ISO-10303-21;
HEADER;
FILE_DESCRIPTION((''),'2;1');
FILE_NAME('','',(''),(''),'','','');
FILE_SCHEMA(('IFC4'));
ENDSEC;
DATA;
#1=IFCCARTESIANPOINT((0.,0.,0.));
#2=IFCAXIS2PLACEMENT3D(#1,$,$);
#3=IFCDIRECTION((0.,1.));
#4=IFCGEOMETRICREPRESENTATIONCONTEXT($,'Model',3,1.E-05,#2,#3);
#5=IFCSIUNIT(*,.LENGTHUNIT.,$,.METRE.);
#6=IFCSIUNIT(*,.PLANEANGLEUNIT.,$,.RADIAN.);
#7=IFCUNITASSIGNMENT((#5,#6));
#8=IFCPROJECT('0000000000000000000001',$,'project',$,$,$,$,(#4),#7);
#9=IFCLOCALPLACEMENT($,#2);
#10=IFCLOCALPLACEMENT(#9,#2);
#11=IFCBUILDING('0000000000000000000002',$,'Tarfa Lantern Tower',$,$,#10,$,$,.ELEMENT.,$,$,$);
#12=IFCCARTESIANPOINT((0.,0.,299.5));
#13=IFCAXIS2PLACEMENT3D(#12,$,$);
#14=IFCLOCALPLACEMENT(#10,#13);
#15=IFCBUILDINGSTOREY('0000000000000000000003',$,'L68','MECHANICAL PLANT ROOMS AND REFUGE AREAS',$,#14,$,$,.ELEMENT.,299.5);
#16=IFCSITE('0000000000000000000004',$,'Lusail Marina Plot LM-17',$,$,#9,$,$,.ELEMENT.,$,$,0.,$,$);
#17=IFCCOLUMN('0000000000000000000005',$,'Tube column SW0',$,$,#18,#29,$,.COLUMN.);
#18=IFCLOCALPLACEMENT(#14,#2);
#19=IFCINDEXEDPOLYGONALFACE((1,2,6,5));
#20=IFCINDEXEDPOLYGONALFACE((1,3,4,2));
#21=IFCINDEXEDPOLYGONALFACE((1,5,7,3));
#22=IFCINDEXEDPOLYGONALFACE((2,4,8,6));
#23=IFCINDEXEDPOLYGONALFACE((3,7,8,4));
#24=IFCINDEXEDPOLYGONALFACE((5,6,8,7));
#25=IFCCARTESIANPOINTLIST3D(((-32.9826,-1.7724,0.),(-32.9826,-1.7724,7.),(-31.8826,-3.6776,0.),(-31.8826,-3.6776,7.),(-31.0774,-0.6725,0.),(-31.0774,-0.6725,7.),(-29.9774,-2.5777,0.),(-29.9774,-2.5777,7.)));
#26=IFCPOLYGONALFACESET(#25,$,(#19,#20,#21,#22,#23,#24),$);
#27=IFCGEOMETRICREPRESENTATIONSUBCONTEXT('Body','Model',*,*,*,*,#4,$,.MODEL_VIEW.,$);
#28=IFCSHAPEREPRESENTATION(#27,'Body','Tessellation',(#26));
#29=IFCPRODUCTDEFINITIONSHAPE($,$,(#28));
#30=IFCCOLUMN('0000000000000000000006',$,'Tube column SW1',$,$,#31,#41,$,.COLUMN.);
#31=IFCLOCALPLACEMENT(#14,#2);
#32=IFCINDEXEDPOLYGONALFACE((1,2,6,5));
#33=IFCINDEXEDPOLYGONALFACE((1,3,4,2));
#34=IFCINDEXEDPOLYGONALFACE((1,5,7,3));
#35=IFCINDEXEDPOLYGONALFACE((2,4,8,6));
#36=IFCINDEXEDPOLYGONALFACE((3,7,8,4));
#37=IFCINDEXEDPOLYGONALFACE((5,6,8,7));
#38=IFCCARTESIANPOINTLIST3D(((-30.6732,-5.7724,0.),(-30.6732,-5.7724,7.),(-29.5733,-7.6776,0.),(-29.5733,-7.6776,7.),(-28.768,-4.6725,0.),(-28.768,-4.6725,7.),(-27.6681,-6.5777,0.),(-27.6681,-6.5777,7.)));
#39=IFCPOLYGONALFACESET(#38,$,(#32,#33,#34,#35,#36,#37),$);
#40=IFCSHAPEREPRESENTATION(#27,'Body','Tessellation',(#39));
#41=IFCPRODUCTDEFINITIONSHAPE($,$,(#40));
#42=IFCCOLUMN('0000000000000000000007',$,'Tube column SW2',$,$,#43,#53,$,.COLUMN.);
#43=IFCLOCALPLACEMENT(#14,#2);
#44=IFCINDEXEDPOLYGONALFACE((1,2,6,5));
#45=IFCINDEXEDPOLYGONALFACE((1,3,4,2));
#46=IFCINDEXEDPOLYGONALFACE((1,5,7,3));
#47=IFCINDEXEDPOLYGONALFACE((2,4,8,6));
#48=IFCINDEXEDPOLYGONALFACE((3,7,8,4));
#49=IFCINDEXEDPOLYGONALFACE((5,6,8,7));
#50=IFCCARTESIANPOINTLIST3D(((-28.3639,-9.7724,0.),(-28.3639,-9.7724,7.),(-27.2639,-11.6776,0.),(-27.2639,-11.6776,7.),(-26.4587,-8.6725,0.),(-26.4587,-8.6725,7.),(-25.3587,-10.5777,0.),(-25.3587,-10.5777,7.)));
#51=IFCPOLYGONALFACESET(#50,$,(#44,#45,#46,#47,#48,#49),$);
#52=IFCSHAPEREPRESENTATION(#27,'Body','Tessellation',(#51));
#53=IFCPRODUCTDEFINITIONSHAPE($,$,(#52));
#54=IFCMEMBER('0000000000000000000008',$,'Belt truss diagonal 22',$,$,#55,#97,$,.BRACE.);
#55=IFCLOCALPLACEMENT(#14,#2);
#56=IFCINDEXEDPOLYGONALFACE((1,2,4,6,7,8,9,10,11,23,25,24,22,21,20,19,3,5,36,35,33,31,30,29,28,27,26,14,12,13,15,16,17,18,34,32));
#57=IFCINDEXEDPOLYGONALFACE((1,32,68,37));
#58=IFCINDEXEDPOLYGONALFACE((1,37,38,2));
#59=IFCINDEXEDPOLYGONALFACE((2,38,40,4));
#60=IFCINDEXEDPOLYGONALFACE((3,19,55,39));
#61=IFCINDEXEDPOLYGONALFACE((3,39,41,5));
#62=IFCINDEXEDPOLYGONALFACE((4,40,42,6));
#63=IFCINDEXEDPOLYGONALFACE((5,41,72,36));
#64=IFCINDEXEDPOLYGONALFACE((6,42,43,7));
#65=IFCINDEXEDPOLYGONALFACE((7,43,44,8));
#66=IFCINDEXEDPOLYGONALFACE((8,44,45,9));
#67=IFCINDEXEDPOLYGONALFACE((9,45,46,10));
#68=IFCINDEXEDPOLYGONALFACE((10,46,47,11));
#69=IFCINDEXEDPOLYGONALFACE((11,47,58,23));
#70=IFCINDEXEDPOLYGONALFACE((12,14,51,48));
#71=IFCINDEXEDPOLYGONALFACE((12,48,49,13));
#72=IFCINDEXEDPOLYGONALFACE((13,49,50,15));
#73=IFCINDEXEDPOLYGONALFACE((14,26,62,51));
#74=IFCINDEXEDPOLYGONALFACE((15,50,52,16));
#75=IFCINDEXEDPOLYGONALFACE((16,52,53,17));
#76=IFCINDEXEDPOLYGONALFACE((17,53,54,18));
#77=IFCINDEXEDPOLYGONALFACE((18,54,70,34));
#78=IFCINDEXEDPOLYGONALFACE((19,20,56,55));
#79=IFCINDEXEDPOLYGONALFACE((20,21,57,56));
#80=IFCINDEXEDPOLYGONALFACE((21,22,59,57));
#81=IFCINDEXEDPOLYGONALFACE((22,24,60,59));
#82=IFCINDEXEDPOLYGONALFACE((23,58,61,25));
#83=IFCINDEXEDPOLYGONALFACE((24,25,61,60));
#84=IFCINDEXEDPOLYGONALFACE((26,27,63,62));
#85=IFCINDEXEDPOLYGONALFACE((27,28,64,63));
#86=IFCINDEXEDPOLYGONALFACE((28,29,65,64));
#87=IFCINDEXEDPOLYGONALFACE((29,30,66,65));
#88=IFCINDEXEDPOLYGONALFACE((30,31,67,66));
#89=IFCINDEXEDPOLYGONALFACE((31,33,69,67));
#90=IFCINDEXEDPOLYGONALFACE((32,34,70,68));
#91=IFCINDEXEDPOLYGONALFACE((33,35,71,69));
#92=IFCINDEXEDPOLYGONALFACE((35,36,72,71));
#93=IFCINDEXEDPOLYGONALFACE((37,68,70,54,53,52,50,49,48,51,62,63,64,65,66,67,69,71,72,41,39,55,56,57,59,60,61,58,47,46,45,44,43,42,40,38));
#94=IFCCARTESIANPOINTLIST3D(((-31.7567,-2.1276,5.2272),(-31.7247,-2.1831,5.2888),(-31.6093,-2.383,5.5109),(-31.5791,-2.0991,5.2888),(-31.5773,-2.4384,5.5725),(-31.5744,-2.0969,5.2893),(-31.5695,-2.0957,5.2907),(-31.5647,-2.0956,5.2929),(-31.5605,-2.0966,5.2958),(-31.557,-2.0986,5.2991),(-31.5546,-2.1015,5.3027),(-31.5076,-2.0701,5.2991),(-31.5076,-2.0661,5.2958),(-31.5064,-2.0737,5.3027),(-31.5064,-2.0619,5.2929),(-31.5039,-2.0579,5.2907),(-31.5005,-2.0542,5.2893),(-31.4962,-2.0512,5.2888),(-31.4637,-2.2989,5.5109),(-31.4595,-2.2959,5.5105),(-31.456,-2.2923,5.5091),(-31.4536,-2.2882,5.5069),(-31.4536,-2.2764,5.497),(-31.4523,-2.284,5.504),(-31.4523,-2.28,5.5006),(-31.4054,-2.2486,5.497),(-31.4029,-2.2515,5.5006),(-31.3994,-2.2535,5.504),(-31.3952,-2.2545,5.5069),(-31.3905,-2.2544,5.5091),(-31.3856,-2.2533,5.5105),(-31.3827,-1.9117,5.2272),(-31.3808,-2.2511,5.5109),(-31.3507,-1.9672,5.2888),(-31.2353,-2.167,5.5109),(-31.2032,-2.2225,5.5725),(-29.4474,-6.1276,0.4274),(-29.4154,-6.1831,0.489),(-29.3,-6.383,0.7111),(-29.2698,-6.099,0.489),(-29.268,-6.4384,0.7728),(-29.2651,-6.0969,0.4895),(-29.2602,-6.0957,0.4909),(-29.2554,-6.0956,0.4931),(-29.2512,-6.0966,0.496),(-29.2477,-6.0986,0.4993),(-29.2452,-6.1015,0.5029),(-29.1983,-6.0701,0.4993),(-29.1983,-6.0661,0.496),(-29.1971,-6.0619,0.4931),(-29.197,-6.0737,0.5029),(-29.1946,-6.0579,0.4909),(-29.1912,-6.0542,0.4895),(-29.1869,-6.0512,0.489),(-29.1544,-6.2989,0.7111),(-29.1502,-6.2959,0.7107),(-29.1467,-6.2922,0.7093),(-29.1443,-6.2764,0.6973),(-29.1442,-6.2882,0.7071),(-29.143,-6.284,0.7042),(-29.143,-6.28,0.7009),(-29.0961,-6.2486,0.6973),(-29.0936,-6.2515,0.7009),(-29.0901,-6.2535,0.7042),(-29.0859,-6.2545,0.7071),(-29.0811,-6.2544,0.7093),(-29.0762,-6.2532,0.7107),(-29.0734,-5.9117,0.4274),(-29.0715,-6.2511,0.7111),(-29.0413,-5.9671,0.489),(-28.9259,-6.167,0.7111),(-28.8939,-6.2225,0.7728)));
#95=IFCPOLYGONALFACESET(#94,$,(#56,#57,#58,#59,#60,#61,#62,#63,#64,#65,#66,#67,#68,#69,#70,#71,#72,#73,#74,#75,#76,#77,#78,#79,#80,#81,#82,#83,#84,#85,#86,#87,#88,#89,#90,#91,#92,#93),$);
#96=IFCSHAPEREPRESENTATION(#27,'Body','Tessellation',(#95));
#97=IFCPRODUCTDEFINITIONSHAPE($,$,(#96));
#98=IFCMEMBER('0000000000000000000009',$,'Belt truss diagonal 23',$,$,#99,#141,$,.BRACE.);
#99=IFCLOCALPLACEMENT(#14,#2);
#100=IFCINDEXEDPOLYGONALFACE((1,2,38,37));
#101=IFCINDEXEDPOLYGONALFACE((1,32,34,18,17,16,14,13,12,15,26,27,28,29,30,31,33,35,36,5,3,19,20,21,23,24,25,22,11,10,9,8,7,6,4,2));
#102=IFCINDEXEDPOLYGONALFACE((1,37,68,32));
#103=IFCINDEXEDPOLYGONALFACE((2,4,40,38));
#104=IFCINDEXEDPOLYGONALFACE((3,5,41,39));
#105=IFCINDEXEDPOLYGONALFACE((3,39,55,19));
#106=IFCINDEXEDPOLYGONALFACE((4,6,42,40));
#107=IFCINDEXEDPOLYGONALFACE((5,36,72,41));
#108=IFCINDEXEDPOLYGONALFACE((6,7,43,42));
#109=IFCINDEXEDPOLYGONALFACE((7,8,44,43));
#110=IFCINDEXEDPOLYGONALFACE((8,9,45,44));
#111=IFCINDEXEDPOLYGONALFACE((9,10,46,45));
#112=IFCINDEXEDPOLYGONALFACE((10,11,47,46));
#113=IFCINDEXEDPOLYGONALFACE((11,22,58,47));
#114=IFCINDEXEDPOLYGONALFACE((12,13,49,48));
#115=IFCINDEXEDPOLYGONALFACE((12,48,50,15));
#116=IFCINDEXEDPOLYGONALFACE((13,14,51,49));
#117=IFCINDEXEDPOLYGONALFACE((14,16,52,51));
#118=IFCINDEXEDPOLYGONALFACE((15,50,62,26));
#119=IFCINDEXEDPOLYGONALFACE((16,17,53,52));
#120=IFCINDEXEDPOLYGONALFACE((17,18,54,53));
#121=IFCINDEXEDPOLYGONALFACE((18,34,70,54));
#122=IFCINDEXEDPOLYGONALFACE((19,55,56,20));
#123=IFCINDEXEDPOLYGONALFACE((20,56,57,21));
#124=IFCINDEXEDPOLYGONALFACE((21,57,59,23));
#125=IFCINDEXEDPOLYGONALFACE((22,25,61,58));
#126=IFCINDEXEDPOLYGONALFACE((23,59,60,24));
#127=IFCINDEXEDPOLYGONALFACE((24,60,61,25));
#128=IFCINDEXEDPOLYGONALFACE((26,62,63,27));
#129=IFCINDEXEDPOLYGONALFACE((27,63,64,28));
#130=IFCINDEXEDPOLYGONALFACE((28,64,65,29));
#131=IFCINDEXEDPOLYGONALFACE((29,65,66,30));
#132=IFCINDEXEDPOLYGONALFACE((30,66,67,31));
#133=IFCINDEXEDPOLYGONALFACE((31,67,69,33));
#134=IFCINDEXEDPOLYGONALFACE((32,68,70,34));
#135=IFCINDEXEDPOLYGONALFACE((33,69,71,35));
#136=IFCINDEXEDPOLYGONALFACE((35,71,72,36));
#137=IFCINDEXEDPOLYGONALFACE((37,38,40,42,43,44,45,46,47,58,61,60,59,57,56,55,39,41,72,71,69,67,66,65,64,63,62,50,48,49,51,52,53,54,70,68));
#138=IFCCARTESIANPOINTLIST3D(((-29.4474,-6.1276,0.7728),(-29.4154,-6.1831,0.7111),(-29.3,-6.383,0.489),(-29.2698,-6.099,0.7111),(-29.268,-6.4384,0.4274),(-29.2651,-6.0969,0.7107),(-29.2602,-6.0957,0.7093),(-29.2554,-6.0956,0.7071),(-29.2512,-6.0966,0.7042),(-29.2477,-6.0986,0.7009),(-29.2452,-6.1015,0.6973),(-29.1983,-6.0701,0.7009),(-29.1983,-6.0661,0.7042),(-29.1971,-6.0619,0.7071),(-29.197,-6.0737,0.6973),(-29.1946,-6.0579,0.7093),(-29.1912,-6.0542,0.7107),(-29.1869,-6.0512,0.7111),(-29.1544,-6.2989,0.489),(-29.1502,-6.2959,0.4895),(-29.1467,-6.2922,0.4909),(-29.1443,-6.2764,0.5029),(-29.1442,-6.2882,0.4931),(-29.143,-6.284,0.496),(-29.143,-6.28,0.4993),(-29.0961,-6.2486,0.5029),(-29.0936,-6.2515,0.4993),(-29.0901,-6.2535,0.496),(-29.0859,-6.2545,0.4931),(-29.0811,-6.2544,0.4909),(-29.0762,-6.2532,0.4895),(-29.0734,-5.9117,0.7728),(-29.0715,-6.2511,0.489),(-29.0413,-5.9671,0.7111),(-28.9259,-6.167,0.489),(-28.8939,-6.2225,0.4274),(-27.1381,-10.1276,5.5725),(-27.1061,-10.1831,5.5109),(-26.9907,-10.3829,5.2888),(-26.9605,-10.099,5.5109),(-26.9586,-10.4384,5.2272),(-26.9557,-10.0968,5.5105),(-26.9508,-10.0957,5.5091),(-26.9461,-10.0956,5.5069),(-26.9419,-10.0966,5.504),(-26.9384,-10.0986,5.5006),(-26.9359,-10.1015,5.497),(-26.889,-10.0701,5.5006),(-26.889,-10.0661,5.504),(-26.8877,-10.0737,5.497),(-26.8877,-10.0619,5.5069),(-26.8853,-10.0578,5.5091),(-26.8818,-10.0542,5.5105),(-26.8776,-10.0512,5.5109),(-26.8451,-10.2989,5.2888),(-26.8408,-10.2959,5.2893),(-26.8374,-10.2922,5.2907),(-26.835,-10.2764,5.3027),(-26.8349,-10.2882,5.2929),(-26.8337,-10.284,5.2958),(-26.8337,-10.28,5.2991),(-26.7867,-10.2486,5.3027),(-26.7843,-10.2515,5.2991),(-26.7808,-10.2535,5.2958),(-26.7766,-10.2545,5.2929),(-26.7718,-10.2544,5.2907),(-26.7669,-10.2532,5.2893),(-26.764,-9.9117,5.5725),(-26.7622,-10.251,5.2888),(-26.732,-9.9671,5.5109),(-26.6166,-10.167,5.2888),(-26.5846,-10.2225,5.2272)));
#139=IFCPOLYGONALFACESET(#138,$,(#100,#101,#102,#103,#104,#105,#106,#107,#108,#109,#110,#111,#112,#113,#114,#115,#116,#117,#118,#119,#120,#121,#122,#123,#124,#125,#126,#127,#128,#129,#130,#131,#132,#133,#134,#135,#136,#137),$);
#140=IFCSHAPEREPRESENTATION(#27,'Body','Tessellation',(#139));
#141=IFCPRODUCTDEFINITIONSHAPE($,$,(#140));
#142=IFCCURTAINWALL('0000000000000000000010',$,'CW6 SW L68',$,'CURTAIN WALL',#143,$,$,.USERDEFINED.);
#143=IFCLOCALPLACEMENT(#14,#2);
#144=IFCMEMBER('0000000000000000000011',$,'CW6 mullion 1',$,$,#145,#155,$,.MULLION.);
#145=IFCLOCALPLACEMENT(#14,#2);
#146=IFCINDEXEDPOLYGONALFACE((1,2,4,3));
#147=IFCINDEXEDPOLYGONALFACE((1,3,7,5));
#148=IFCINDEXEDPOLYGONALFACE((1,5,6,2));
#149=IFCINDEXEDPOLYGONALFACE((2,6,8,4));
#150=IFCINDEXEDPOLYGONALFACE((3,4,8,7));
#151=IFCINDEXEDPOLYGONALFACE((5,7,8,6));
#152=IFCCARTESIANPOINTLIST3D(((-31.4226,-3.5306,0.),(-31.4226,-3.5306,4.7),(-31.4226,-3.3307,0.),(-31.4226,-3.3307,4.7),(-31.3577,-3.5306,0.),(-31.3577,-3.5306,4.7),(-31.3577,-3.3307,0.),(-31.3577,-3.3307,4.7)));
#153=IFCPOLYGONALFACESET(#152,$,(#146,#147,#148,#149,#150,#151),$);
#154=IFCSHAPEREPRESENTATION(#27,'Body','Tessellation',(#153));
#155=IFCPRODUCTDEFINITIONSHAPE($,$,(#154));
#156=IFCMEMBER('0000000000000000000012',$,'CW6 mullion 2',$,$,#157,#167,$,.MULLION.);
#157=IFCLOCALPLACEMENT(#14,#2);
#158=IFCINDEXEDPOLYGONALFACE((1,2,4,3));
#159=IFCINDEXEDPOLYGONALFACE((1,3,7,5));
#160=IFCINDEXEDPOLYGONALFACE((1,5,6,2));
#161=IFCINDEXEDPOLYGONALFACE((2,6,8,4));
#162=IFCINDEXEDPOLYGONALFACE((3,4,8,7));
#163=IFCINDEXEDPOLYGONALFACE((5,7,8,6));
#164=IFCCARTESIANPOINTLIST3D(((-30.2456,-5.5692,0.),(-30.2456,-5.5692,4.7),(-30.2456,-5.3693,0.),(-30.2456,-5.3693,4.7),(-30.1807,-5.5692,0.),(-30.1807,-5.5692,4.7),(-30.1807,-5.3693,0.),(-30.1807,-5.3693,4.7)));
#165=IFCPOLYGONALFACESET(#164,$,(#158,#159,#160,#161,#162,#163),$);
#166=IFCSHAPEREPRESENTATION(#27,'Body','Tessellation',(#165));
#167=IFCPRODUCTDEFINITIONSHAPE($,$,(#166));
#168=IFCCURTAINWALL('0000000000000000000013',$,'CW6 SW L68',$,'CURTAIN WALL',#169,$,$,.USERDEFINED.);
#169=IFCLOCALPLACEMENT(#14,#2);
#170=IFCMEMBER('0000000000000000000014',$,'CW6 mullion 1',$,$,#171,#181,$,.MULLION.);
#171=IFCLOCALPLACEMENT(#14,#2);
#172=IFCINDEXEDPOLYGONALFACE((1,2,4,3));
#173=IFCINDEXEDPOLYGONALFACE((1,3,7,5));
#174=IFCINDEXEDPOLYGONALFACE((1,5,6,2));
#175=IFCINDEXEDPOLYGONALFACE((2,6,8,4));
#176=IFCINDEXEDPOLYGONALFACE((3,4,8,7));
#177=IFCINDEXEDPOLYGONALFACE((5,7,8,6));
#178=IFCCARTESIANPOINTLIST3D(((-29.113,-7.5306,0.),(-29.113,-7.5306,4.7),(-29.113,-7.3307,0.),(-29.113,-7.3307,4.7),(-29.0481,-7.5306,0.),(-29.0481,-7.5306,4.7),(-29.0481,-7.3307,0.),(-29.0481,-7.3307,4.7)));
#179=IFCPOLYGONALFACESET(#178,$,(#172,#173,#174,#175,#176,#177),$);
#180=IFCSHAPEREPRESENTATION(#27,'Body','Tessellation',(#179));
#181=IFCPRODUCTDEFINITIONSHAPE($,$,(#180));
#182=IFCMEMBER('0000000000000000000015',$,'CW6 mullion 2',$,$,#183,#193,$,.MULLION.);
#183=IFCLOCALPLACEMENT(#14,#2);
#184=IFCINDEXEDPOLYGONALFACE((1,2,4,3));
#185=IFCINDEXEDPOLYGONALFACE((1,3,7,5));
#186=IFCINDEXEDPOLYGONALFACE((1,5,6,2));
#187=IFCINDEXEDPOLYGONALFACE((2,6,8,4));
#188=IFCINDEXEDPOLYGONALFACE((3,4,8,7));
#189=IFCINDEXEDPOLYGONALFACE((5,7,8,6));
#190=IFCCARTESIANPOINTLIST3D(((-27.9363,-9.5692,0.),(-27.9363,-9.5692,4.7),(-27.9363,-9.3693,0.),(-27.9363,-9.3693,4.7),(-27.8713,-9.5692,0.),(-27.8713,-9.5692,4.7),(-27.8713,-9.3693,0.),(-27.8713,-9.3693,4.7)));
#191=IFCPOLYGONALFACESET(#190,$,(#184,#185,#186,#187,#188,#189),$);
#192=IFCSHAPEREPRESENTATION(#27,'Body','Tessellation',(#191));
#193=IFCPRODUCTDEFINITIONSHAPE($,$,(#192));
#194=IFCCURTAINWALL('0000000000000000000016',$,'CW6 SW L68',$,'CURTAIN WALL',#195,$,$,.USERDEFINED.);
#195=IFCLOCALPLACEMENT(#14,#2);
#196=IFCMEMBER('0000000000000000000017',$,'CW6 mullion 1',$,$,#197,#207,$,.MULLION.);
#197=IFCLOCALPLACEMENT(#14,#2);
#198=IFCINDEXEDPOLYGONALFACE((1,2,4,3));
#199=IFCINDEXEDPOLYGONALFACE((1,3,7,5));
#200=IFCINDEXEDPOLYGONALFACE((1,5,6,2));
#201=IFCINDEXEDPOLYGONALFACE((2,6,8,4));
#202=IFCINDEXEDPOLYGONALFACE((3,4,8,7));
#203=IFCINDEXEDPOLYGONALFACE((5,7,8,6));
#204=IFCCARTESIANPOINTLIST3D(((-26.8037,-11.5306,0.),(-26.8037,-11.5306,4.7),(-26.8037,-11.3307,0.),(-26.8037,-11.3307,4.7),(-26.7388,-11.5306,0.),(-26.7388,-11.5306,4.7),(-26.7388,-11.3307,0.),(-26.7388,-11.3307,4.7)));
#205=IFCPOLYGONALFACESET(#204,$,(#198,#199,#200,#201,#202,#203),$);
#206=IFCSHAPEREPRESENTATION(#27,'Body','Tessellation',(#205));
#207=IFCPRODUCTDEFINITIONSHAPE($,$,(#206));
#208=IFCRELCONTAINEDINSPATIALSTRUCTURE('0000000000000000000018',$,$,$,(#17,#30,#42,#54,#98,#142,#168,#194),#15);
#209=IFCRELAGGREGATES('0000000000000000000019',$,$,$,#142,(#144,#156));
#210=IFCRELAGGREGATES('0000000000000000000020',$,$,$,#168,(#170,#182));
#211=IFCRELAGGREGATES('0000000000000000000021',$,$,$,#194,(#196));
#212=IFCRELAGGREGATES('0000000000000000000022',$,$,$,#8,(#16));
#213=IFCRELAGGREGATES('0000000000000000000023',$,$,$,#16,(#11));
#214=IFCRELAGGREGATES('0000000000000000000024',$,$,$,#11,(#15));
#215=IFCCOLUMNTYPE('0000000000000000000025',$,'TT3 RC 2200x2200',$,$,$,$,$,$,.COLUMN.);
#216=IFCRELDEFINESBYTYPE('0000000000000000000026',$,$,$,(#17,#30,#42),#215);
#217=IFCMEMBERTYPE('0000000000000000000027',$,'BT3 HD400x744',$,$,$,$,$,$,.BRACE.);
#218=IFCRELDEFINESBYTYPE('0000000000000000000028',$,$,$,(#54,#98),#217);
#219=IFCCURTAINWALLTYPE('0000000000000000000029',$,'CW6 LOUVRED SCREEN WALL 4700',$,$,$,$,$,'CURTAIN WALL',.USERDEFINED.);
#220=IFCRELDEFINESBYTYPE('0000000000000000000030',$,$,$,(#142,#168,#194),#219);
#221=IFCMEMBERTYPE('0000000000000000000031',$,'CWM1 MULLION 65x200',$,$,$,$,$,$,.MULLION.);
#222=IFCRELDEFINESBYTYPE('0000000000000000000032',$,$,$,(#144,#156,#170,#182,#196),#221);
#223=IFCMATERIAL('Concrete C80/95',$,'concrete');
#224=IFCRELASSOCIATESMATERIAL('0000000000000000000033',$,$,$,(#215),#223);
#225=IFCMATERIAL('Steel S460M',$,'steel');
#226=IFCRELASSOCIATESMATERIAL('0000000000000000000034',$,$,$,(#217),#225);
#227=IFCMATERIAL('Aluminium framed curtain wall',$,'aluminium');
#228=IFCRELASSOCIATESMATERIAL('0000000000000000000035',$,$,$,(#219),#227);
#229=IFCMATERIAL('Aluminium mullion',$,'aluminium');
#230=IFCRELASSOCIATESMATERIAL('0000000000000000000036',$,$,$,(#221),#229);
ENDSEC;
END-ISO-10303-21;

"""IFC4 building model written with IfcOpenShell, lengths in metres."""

from ifc_helpers import new_model, si_unit, direction, frame, origin, origin_2d, place, context, subcontext, project, spatial, rectangle, i_section, extrude, material, material_profile, profile_set, type_object, element, aggregate, save


model = new_model("IFC4")

# Units and contexts
model_context = context("Model", 3, precision=1e-05, world=origin(), true_north=direction((0.0, 1.0)))
body_context = subcontext(model_context, "Body", "Model", "MODEL_VIEW")
ifc_project = project(units=[si_unit("LENGTHUNIT", "METRE"), si_unit("PLANEANGLEUNIT", "RADIAN")], contexts=[model_context])

# Site, building, storey
site_placement = place(None, origin())
site = spatial("IfcSite", under=ifc_project, at=site_placement, Name="Lusail Marina Plot LM-17", CompositionType="ELEMENT", RefElevation=0.0)
building_placement = place(site_placement, origin())
building = spatial("IfcBuilding", under=site, at=building_placement, Name="Tarfa Lantern Tower", CompositionType="ELEMENT")
storey_placement = place(building_placement, frame((0.0, 0.0, 299.5)))
storey = spatial("IfcBuildingStorey", under=building, at=storey_placement, Name="L68", Description="MECHANICAL PLANT ROOMS AND REFUGE AREAS", CompositionType="ELEMENT", Elevation=299.5)

# Columns
ifc_material_1 = material(Name="Concrete C80/95", Category="concrete")
ifc_material_profile_1 = material_profile(ifc_material_1, rectangle(XDim=2.2, YDim=2.2, at=origin_2d()), Name="RC 2200x2200")
ifc_profile_set_1 = profile_set([ifc_material_profile_1], Name="Concrete C80/95")
column_type = type_object("IfcColumnType", Name="TT3 RC 2200x2200", PredefinedType="COLUMN", material=ifc_profile_set_1)
for number, where, z_axis, x_axis, name in (
    (1, (-31.48, -2.175, 0.0), (0.0, 0.0, 1.0), (0.5, -0.866025, 0.0), "Tube column SW0"),
    (2, (-29.1707, -6.175, 0.0), (0.0, 0.0, 1.0), (0.5, -0.866025, 0.0), "Tube column SW1"),
    (3, (-26.8613, -10.175, 0.0), (0.0, 0.0, 1.0), (0.5, -0.866025, 0.0), "Tube column SW2"),
):
    element("IfcColumn", number, at=place(storey_placement, frame(where, z_axis=z_axis, x_axis=x_axis)), inside=storey, type_object=column_type, Name=name, PredefinedType="COLUMN", context=body_context, shape_type="SweptSolid", body=[
        extrude(rectangle(XDim=2.2, YDim=2.2, at=origin_2d()), origin(), (0.0, 0.0, 1.0), 7.0),
    ])

# Members
ifc_material_2 = material(Name="Steel S460M", Category="steel")
ifc_material_profile_2 = material_profile(ifc_material_2, i_section(OverallWidth=0.4319, OverallDepth=0.498, WebThickness=0.0557, FlangeThickness=0.0889, FilletRadius=0.02, at=origin_2d()), Name="HD400x744")
ifc_profile_set_2 = profile_set([ifc_material_profile_2], Name="Steel S460M")
member_type_1 = type_object("IfcMemberType", Name="BT3 HD400x744", PredefinedType="BRACE", material=ifc_profile_set_2)
for number, where, z_axis, x_axis, name in (
    (4, (-29.1707, -6.175, 0.6001), (-0.346685, 0.600496, 0.720565), (-0.866032, -0.499988, 0.0), "Belt truss diagonal 22"),
    (5, (-29.1707, -6.175, 0.6001), (0.346685, -0.600496, 0.720565), (0.866032, 0.499988, 0.0), "Belt truss diagonal 23"),
):
    element("IfcMember", number, at=place(storey_placement, frame(where, z_axis=z_axis, x_axis=x_axis)), inside=storey, type_object=member_type_1, Name=name, PredefinedType="BRACE", context=body_context, shape_type="SweptSolid", body=[
        extrude(i_section(OverallWidth=0.4319, OverallDepth=0.498, WebThickness=0.0557, FlangeThickness=0.0889, FilletRadius=0.02, at=origin_2d()), origin(), (0.0, 0.0, 1.0), 6.6611),
    ])

# Curtain walls, members
ifc_material_3 = material(Name="Aluminium framed curtain wall", Category="aluminium")
curtain_wall_type = type_object("IfcCurtainWallType", Name="CW6 LOUVRED SCREEN WALL 4700", ElementType="CURTAIN WALL", PredefinedType="USERDEFINED", material=ifc_material_3)
curtain_wall_1_placement = place(storey_placement, origin())
curtain_wall_1 = element("IfcCurtainWall", 6, at=curtain_wall_1_placement, inside=storey, type_object=curtain_wall_type, Name="CW6 SW L68", ObjectType="CURTAIN WALL", PredefinedType="USERDEFINED")
ifc_material_4 = material(Name="Aluminium mullion", Category="aluminium")
ifc_material_profile_3 = material_profile(ifc_material_4, rectangle(XDim=0.0649, YDim=0.2, at=origin_2d()), Name="AL MULLION 65x200")
ifc_profile_set_3 = profile_set([ifc_material_profile_3], Name="Aluminium mullion")
member_type_2 = type_object("IfcMemberType", Name="CWM1 MULLION 65x200", PredefinedType="MULLION", material=ifc_profile_set_3)
member_1_placement = place(storey_placement, frame((-31.3901, -3.4307, 0.0), z_axis=(0.0, 0.0, 1.0), x_axis=(1.0, 0.0, 0.0)))
member_1 = element("IfcMember", 7, at=member_1_placement, type_object=member_type_2, Name="CW6 mullion 1", PredefinedType="MULLION", context=body_context, shape_type="SweptSolid", body=[
    extrude(rectangle(XDim=0.0649, YDim=0.2, at=origin_2d()), origin(), (0.0, 0.0, 1.0), 4.7),
])
member_2_placement = place(storey_placement, frame((-30.2131, -5.4692, 0.0), z_axis=(0.0, 0.0, 1.0), x_axis=(1.0, 0.0, 0.0)))
member_2 = element("IfcMember", 8, at=member_2_placement, type_object=member_type_2, Name="CW6 mullion 2", PredefinedType="MULLION", context=body_context, shape_type="SweptSolid", body=[
    extrude(rectangle(XDim=0.0649, YDim=0.2, at=origin_2d()), origin(), (0.0, 0.0, 1.0), 4.7),
])
curtain_wall_2_placement = place(storey_placement, origin())
curtain_wall_2 = element("IfcCurtainWall", 9, at=curtain_wall_2_placement, inside=storey, type_object=curtain_wall_type, Name="CW6 SW L68", ObjectType="CURTAIN WALL", PredefinedType="USERDEFINED")
member_3_placement = place(storey_placement, frame((-29.0806, -7.4307, 0.0), z_axis=(0.0, 0.0, 1.0), x_axis=(1.0, 0.0, 0.0)))
member_3 = element("IfcMember", 10, at=member_3_placement, type_object=member_type_2, Name="CW6 mullion 1", PredefinedType="MULLION", context=body_context, shape_type="SweptSolid", body=[
    extrude(rectangle(XDim=0.0649, YDim=0.2, at=origin_2d()), origin(), (0.0, 0.0, 1.0), 4.7),
])
member_4_placement = place(storey_placement, frame((-27.9038, -9.4692, 0.0), z_axis=(0.0, 0.0, 1.0), x_axis=(1.0, 0.0, 0.0)))
member_4 = element("IfcMember", 11, at=member_4_placement, type_object=member_type_2, Name="CW6 mullion 2", PredefinedType="MULLION", context=body_context, shape_type="SweptSolid", body=[
    extrude(rectangle(XDim=0.0649, YDim=0.2, at=origin_2d()), origin(), (0.0, 0.0, 1.0), 4.7),
])

# Curtain wall, member
curtain_wall_3_placement = place(storey_placement, origin())
curtain_wall_3 = element("IfcCurtainWall", 12, at=curtain_wall_3_placement, inside=storey, type_object=curtain_wall_type, Name="CW6 SW L68", ObjectType="CURTAIN WALL", PredefinedType="USERDEFINED")
member_5_placement = place(storey_placement, frame((-26.7712, -11.4307, 0.0), z_axis=(0.0, 0.0, 1.0), x_axis=(1.0, 0.0, 0.0)))
member_5 = element("IfcMember", 13, at=member_5_placement, type_object=member_type_2, Name="CW6 mullion 1", PredefinedType="MULLION", context=body_context, shape_type="SweptSolid", body=[
    extrude(rectangle(XDim=0.0649, YDim=0.2, at=origin_2d()), origin(), (0.0, 0.0, 1.0), 4.7),
])

aggregate(curtain_wall_1, [member_1, member_2])
aggregate(curtain_wall_2, [member_3, member_4])
aggregate(curtain_wall_3, [member_5])

save(model, "model.ifc")
